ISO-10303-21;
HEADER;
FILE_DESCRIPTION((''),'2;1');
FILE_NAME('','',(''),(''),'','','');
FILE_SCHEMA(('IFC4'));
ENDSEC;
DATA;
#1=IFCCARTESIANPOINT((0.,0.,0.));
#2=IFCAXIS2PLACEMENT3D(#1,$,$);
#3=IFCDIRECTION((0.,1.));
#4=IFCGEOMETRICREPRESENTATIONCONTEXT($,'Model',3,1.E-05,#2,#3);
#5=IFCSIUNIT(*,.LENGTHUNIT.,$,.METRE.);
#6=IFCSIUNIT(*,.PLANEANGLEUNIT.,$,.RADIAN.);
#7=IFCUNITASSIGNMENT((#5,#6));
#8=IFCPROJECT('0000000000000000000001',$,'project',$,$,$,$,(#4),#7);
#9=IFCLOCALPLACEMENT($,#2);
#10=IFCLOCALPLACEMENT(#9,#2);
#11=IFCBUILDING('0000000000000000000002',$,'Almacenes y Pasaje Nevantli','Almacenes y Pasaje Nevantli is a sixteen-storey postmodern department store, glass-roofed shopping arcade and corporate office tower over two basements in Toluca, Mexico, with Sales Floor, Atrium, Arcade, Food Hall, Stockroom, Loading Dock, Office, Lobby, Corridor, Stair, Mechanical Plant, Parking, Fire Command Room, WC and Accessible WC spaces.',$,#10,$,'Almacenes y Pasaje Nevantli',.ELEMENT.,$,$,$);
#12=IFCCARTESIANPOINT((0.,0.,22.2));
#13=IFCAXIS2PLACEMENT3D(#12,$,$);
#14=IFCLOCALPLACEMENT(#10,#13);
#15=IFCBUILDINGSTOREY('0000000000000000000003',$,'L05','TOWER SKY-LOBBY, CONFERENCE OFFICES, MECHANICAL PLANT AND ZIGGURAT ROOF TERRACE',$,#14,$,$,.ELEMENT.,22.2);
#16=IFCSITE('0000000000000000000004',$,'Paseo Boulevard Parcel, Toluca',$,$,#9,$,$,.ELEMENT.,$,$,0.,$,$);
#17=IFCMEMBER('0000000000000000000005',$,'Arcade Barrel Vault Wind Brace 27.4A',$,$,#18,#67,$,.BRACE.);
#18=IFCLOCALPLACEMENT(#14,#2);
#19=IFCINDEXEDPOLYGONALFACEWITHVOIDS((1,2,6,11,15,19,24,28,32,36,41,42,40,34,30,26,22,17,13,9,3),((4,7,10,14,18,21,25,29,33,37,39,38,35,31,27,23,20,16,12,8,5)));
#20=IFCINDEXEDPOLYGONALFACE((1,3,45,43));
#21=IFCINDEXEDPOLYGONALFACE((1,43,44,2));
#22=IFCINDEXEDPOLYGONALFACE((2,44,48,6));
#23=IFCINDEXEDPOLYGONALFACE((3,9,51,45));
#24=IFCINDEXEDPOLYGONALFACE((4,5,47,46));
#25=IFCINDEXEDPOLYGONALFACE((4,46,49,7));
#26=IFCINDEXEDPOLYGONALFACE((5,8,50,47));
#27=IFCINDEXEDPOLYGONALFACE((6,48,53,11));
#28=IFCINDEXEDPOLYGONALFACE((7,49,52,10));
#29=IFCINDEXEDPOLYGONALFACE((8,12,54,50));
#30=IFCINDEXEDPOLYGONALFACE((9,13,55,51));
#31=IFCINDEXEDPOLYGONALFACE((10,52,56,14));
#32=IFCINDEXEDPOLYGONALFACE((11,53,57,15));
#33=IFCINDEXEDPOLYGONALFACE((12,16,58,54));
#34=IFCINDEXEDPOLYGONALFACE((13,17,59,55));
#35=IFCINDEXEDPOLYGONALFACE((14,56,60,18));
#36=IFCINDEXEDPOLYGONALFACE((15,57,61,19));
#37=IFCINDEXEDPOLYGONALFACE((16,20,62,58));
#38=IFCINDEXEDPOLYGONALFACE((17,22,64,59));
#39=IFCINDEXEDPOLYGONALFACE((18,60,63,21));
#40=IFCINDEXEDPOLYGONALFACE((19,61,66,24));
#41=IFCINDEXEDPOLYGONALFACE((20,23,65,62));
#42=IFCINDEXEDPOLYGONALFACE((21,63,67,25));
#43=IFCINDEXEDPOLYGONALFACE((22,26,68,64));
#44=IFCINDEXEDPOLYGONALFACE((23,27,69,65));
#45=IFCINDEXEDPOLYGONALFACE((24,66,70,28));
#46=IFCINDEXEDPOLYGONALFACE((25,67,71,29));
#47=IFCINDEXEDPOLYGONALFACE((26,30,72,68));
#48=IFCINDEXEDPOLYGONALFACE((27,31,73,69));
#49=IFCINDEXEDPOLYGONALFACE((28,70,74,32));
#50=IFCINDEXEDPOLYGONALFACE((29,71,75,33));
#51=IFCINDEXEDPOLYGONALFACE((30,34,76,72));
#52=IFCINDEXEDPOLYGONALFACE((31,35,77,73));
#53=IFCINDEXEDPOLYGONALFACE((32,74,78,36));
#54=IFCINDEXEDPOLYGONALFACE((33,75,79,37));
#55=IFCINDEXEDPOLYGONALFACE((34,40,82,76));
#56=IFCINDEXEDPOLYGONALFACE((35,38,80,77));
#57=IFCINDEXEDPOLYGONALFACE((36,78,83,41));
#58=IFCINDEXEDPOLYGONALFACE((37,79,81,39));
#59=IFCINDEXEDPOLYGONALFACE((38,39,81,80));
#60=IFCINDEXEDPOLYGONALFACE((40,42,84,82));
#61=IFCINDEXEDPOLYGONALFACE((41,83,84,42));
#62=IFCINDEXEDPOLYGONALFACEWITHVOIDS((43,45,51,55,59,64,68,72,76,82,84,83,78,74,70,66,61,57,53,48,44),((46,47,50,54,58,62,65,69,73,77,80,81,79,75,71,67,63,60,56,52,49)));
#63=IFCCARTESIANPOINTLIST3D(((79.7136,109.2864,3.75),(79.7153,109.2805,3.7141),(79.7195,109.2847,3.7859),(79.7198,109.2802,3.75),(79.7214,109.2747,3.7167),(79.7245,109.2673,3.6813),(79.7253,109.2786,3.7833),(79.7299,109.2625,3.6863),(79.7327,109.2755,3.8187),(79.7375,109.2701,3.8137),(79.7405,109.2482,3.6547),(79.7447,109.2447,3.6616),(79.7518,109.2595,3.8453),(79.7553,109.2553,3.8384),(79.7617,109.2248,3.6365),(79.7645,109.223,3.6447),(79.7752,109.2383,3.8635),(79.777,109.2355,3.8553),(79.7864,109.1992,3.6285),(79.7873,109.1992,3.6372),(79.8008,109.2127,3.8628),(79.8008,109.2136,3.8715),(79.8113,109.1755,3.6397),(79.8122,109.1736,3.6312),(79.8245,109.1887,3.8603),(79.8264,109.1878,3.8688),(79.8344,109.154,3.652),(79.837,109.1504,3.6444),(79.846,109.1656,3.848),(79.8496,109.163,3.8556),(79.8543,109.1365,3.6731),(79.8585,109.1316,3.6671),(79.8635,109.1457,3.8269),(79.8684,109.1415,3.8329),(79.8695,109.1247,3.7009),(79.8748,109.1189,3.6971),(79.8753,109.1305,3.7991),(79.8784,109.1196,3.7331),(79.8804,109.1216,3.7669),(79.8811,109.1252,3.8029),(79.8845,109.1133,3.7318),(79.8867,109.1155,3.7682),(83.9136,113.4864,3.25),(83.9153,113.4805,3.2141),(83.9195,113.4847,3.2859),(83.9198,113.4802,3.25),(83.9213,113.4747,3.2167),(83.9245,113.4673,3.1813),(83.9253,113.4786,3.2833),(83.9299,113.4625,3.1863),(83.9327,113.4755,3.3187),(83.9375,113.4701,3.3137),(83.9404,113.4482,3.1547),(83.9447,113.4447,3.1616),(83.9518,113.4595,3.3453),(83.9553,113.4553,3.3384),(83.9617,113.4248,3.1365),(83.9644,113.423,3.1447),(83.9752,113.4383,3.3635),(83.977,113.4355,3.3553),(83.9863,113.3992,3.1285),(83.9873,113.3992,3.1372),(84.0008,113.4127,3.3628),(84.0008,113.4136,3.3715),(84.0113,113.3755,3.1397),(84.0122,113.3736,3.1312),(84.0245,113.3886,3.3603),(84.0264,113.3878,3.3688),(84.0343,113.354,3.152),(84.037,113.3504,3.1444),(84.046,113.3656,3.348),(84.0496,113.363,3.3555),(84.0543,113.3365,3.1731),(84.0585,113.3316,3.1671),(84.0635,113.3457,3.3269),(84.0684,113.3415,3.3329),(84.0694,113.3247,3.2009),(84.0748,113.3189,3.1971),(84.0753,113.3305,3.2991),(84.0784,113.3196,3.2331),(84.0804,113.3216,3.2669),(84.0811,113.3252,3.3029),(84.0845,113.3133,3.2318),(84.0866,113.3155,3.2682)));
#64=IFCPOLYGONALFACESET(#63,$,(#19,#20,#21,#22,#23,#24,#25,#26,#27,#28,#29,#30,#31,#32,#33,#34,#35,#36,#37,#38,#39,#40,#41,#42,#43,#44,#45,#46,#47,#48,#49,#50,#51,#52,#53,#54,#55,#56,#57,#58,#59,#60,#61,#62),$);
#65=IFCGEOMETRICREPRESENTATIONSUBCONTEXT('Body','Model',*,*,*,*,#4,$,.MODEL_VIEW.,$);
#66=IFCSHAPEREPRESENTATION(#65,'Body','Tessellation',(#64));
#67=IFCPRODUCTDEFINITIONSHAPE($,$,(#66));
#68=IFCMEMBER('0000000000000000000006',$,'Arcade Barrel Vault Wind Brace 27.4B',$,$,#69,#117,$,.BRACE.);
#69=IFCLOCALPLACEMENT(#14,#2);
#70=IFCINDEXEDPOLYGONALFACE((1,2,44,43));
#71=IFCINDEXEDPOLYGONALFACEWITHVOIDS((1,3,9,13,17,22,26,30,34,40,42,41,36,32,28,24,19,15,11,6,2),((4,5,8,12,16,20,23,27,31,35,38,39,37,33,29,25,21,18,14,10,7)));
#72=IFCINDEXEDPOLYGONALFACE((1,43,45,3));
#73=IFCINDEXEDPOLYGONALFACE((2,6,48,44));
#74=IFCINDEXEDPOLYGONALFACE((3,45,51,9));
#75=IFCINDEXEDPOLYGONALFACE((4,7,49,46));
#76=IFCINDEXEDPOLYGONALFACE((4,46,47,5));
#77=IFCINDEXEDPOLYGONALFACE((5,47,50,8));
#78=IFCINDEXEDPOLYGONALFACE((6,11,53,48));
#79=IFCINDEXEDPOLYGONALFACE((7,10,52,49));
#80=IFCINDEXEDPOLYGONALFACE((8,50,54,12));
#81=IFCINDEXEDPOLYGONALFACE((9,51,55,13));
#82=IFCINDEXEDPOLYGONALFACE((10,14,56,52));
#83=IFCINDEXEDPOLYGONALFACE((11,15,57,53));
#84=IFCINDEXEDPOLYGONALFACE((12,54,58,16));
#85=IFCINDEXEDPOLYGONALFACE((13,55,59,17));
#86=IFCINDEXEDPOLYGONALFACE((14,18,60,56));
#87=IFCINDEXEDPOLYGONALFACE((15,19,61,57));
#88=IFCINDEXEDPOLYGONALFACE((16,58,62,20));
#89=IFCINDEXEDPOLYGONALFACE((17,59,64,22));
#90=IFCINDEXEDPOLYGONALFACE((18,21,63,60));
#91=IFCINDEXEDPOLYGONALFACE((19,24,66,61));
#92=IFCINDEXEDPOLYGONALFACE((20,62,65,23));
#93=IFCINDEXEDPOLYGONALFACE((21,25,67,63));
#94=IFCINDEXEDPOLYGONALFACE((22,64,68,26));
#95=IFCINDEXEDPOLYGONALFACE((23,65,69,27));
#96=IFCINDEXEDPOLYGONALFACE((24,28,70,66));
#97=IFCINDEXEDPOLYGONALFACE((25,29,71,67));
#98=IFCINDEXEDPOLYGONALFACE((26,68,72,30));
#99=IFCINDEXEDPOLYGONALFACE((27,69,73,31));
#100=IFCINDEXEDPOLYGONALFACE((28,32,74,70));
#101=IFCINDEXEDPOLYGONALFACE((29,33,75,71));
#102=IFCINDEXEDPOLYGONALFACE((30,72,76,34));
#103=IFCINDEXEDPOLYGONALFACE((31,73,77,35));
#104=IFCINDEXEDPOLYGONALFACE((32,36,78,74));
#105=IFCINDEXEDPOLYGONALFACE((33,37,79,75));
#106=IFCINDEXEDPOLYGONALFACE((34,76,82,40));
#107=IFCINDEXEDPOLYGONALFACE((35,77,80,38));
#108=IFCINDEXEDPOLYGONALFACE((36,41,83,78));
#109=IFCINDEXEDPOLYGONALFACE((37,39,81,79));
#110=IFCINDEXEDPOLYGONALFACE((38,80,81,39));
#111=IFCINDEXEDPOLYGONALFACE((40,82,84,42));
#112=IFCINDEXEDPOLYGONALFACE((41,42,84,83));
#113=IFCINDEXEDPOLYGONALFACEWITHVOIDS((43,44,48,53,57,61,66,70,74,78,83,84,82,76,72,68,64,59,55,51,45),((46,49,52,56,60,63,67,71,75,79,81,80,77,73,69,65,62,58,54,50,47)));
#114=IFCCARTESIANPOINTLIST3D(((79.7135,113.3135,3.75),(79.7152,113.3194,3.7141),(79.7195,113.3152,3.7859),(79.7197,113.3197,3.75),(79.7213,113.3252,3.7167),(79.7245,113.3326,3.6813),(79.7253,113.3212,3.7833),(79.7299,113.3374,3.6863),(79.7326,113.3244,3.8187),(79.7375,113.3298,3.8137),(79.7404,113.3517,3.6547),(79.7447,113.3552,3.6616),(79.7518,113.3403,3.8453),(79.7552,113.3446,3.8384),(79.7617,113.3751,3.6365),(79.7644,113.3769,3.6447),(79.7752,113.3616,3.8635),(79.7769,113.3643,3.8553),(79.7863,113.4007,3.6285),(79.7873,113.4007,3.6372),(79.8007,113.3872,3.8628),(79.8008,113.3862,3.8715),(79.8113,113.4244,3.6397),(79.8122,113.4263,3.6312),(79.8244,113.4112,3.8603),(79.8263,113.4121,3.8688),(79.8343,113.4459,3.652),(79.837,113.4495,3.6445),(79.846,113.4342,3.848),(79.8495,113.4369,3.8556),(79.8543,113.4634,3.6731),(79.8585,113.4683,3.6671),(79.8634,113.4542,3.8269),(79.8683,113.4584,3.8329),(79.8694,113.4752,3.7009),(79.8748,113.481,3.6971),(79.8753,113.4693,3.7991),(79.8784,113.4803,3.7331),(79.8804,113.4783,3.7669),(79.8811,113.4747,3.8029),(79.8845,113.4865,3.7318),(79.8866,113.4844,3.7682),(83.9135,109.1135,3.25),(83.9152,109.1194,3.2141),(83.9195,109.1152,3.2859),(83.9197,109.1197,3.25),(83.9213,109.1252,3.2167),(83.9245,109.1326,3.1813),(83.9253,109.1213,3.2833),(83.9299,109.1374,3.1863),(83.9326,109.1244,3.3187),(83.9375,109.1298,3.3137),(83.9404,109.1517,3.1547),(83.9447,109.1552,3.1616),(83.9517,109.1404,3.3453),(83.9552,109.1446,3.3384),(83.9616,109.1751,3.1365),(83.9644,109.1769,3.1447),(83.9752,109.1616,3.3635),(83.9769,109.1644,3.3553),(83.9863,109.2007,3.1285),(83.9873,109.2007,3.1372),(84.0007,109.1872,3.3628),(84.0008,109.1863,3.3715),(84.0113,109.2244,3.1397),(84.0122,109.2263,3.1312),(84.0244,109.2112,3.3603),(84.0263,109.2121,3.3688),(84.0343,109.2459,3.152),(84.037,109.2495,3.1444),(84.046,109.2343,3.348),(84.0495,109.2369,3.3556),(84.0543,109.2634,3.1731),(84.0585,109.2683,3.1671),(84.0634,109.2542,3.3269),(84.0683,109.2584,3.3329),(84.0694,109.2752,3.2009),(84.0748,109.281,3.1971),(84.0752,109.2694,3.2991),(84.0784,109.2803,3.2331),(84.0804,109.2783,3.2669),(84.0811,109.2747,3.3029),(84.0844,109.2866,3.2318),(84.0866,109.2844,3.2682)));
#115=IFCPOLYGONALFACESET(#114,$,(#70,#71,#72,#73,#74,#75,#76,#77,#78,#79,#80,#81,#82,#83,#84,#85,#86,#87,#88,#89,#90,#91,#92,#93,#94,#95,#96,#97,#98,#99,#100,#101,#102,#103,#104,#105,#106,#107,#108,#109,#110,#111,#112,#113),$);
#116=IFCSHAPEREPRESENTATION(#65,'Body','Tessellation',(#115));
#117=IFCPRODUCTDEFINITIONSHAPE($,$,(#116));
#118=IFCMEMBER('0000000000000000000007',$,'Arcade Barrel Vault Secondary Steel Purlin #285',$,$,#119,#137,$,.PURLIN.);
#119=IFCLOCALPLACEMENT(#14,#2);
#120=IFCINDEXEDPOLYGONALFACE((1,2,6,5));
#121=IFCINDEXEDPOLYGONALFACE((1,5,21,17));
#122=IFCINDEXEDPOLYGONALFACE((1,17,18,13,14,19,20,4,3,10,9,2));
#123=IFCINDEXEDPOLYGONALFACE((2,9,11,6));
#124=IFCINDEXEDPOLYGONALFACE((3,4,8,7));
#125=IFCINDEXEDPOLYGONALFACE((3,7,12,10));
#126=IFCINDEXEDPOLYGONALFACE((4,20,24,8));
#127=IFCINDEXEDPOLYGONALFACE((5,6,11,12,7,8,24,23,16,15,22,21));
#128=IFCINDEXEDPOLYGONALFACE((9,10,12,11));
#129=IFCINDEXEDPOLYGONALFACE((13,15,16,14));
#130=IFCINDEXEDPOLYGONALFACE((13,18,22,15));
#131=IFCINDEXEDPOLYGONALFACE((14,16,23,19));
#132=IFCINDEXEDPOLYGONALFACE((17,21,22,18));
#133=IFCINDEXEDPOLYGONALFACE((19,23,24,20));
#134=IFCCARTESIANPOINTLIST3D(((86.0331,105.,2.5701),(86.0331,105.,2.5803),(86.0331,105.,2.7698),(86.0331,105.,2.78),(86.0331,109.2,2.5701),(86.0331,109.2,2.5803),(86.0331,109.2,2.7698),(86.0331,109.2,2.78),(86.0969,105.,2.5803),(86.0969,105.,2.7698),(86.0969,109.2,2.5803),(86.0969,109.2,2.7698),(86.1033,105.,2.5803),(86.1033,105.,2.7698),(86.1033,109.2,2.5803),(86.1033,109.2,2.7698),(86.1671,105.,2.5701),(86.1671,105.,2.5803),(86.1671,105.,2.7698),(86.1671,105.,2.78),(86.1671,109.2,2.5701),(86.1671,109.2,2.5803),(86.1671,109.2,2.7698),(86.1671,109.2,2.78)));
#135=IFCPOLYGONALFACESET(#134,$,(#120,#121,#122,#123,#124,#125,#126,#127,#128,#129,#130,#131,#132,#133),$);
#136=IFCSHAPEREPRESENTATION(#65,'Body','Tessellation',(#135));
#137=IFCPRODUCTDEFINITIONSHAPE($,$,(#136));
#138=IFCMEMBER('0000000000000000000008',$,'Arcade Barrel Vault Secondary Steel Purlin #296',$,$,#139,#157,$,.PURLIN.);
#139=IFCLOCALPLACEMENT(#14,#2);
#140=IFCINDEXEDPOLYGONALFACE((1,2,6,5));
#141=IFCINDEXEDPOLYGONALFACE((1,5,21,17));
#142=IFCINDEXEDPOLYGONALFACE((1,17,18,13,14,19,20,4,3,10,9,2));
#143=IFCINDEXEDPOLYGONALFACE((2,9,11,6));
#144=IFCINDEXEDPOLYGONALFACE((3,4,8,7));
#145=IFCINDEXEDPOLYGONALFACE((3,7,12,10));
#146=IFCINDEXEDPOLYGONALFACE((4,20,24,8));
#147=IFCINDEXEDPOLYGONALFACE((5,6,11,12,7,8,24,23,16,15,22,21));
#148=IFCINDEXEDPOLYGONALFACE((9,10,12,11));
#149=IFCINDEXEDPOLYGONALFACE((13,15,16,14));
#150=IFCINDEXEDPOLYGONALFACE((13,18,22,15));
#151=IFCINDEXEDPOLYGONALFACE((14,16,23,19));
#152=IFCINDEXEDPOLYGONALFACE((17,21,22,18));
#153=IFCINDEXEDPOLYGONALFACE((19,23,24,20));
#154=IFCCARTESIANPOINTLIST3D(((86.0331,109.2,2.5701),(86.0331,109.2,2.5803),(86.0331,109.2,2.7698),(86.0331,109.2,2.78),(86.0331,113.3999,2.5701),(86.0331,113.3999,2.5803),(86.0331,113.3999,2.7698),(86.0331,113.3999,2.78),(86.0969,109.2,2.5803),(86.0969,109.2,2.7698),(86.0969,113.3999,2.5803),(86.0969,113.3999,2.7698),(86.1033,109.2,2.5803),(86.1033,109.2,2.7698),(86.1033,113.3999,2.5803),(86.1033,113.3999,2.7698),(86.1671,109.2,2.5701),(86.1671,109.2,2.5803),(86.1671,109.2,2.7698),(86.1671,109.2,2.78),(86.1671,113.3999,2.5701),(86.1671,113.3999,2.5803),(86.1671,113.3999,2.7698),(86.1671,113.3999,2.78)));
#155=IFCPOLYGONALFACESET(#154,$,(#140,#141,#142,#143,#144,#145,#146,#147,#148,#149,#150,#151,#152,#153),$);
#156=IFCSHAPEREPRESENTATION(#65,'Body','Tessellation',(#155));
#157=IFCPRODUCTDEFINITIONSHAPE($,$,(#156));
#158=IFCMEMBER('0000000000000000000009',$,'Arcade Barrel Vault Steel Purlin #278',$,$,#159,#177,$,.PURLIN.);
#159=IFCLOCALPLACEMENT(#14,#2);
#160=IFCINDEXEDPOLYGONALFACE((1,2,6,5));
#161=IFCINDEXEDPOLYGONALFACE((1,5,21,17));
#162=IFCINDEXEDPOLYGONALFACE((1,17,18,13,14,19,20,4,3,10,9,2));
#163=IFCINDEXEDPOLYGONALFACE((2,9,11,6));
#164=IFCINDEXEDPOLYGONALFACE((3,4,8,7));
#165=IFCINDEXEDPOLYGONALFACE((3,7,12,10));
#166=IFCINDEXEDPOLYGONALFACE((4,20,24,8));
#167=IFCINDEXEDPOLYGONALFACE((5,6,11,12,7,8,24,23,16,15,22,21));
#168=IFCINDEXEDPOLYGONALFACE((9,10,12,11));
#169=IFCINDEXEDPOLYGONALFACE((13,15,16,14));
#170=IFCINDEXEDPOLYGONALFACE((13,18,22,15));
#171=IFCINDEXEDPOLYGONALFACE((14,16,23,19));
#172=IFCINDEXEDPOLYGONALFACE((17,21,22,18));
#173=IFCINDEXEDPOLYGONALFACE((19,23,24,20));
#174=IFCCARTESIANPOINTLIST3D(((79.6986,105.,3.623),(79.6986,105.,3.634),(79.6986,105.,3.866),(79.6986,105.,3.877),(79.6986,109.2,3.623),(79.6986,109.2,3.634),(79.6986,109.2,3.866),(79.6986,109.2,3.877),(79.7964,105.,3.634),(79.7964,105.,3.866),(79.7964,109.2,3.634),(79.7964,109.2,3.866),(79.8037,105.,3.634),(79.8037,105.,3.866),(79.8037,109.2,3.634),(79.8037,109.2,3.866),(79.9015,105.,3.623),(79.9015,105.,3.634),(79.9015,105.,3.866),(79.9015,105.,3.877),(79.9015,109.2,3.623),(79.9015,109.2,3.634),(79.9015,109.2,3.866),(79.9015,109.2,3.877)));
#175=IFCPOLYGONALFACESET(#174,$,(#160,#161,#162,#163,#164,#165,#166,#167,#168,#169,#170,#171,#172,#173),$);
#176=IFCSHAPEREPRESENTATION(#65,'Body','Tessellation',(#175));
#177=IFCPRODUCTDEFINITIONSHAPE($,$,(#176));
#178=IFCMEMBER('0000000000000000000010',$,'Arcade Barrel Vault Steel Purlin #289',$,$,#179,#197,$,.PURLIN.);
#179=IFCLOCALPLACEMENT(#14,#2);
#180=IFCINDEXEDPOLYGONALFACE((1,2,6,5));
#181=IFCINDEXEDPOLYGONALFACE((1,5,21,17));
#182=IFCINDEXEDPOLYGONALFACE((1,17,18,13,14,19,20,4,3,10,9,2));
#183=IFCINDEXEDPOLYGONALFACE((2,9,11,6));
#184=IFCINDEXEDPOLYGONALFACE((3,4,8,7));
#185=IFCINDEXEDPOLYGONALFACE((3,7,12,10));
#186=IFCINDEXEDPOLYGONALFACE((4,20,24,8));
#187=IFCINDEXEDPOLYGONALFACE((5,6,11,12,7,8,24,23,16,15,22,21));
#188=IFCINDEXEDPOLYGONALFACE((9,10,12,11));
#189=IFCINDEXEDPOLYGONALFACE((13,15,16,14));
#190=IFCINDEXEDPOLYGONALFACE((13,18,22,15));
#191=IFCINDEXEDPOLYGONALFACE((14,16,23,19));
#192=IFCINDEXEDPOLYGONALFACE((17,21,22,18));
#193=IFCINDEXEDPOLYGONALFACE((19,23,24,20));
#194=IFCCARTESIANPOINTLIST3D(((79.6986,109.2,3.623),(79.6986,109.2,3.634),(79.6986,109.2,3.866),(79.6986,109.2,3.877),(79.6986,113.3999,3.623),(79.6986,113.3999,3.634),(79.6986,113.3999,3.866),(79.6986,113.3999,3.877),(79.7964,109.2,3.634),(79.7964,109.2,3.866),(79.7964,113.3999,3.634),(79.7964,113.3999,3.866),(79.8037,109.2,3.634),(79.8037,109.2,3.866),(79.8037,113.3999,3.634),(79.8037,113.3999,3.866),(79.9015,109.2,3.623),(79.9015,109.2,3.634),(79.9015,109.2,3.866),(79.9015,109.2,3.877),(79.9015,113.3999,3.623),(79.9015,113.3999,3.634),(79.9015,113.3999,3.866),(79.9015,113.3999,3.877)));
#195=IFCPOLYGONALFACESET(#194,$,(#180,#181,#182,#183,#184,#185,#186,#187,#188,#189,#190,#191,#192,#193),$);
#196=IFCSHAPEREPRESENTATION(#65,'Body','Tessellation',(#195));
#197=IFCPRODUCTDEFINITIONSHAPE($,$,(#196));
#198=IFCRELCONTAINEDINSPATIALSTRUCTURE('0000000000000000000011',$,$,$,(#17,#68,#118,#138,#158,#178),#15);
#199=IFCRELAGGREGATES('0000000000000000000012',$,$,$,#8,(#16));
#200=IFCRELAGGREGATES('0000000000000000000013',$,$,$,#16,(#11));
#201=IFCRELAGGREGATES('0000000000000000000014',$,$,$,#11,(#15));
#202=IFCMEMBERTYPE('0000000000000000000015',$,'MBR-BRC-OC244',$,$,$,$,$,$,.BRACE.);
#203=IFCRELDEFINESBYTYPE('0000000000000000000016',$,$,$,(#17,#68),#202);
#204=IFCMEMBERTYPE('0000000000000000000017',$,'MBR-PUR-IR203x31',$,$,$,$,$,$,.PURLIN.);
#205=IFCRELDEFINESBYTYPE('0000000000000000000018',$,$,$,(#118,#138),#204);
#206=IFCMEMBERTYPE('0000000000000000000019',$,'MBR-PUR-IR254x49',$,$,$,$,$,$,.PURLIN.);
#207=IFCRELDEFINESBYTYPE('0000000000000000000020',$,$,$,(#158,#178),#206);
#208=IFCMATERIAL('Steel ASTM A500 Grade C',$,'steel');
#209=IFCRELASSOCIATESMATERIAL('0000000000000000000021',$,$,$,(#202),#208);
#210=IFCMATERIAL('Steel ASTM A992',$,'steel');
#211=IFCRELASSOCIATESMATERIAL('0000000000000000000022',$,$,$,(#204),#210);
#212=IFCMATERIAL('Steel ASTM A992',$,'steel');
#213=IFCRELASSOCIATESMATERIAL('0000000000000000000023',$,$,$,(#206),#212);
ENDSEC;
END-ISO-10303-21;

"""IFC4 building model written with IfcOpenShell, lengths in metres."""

from ifc_helpers import new_model, si_unit, direction, frame, origin, origin_2d, place, context, subcontext, project, spatial, hollow_circle, i_section, extrude, material, material_profile, profile_set, type_object, element, save


model = new_model("IFC4")

# Units and contexts
model_context = context("Model", 3, precision=1e-05, world=origin(), true_north=direction((0.0, 1.0)))
body_context = subcontext(model_context, "Body", "Model", "MODEL_VIEW")
ifc_project = project(units=[si_unit("LENGTHUNIT", "METRE"), si_unit("PLANEANGLEUNIT", "RADIAN")], contexts=[model_context])

# Site, building, storey
site_placement = place(None, origin())
site = spatial("IfcSite", under=ifc_project, at=site_placement, Name="Paseo Boulevard Parcel, Toluca", CompositionType="ELEMENT", RefElevation=0.0)
building_placement = place(site_placement, origin())
building = spatial("IfcBuilding", under=site, at=building_placement, Name="Almacenes y Pasaje Nevantli", Description="Almacenes y Pasaje Nevantli is a sixteen-storey postmodern department store, glass-roofed shopping arcade and corporate office tower over two basements in Toluca, Mexico, with Sales Floor, Atrium, Arcade, Food Hall, Stockroom, Loading Dock, Office, Lobby, Corridor, Stair, Mechanical Plant, Parking, Fire Command Room, WC and Accessible WC spaces.", LongName="Almacenes y Pasaje Nevantli", CompositionType="ELEMENT")
storey_placement = place(building_placement, frame((0.0, 0.0, 22.2)))
storey = spatial("IfcBuildingStorey", under=building, at=storey_placement, Name="L05", Description="TOWER SKY-LOBBY, CONFERENCE OFFICES, MECHANICAL PLANT AND ZIGGURAT ROOF TERRACE", CompositionType="ELEMENT", Elevation=22.2)

# Members
ifc_material_1 = material(Name="Steel ASTM A500 Grade C", Category="steel")
ifc_material_profile_1 = material_profile(ifc_material_1, hollow_circle(Radius=0.1223, WallThickness=0.0088, at=origin_2d()), Name="OC 244x8.9")
ifc_profile_set_1 = profile_set([ifc_material_profile_1], Name="Steel ASTM A500 Grade C")
member_type_1 = type_object("IfcMemberType", Name="MBR-BRC-OC244", PredefinedType="BRACE", material=ifc_profile_set_1)
for number, where, z_axis, x_axis, name in (
    (1, (79.8, 109.2, 3.75), (0.704615, 0.704615, -0.083884), (-0.707107, 0.707107, 0.0), "Arcade Barrel Vault Wind Brace 27.4A"),
    (2, (84.0, 109.2, 3.25), (-0.704615, 0.704615, 0.083884), (-0.707107, -0.707107, 0.0), "Arcade Barrel Vault Wind Brace 27.4B"),
):
    element("IfcMember", number, at=place(storey_placement, frame(where, z_axis=z_axis, x_axis=x_axis)), inside=storey, type_object=member_type_1, Name=name, PredefinedType="BRACE", context=body_context, shape_type="SweptSolid", body=[
        extrude(hollow_circle(Radius=0.1223, WallThickness=0.0088, at=origin_2d()), origin(), (0.0, 0.0, 1.0), 5.9607),
    ])
ifc_material_2 = material(Name="Steel ASTM A992", Category="steel")
ifc_material_profile_2 = material_profile(ifc_material_2, i_section(OverallWidth=0.134, OverallDepth=0.21, WebThickness=0.0063, FlangeThickness=0.0103, at=origin_2d()), Name="IR 203x31.3")
ifc_profile_set_2 = profile_set([ifc_material_profile_2], Name="Steel ASTM A992")
member_type_2 = type_object("IfcMemberType", Name="MBR-PUR-IR203x31", PredefinedType="PURLIN", material=ifc_profile_set_2)
for number, where, z_axis, x_axis, name in (
    (3, (86.1001, 105.0, 2.675), (0.0, 1.0, 0.0), (-1.0, 0.0, 0.0), "Arcade Barrel Vault Secondary Steel Purlin #285"),
    (4, (86.1001, 109.2, 2.675), (0.0, 1.0, 0.0), (-1.0, 0.0, 0.0), "Arcade Barrel Vault Secondary Steel Purlin #296"),
):
    element("IfcMember", number, at=place(storey_placement, frame(where, z_axis=z_axis, x_axis=x_axis)), inside=storey, type_object=member_type_2, Name=name, PredefinedType="PURLIN", context=body_context, shape_type="SweptSolid", body=[
        extrude(i_section(OverallWidth=0.134, OverallDepth=0.21, WebThickness=0.0063, FlangeThickness=0.0103, at=origin_2d()), origin(), (0.0, 0.0, 1.0), 4.2),
    ])
ifc_material_3 = material(Name="Steel ASTM A992", Category="steel")
ifc_material_profile_3 = material_profile(ifc_material_3, i_section(OverallWidth=0.2029, OverallDepth=0.2539, WebThickness=0.0073, FlangeThickness=0.011, at=origin_2d()), Name="IR 254x49.1")
ifc_profile_set_3 = profile_set([ifc_material_profile_3], Name="Steel ASTM A992")
member_type_3 = type_object("IfcMemberType", Name="MBR-PUR-IR254x49", PredefinedType="PURLIN", material=ifc_profile_set_3)
for number, where, z_axis, x_axis, name in (
    (5, (79.8, 105.0, 3.75), (0.0, 1.0, 0.0), (-1.0, 0.0, 0.0), "Arcade Barrel Vault Steel Purlin #278"),
    (6, (79.8, 109.2, 3.75), (0.0, 1.0, 0.0), (-1.0, 0.0, 0.0), "Arcade Barrel Vault Steel Purlin #289"),
):
    element("IfcMember", number, at=place(storey_placement, frame(where, z_axis=z_axis, x_axis=x_axis)), inside=storey, type_object=member_type_3, Name=name, PredefinedType="PURLIN", context=body_context, shape_type="SweptSolid", body=[
        extrude(i_section(OverallWidth=0.2029, OverallDepth=0.2539, WebThickness=0.0073, FlangeThickness=0.011, at=origin_2d()), origin(), (0.0, 0.0, 1.0), 4.2),
    ])

save(model, "model.ifc")
